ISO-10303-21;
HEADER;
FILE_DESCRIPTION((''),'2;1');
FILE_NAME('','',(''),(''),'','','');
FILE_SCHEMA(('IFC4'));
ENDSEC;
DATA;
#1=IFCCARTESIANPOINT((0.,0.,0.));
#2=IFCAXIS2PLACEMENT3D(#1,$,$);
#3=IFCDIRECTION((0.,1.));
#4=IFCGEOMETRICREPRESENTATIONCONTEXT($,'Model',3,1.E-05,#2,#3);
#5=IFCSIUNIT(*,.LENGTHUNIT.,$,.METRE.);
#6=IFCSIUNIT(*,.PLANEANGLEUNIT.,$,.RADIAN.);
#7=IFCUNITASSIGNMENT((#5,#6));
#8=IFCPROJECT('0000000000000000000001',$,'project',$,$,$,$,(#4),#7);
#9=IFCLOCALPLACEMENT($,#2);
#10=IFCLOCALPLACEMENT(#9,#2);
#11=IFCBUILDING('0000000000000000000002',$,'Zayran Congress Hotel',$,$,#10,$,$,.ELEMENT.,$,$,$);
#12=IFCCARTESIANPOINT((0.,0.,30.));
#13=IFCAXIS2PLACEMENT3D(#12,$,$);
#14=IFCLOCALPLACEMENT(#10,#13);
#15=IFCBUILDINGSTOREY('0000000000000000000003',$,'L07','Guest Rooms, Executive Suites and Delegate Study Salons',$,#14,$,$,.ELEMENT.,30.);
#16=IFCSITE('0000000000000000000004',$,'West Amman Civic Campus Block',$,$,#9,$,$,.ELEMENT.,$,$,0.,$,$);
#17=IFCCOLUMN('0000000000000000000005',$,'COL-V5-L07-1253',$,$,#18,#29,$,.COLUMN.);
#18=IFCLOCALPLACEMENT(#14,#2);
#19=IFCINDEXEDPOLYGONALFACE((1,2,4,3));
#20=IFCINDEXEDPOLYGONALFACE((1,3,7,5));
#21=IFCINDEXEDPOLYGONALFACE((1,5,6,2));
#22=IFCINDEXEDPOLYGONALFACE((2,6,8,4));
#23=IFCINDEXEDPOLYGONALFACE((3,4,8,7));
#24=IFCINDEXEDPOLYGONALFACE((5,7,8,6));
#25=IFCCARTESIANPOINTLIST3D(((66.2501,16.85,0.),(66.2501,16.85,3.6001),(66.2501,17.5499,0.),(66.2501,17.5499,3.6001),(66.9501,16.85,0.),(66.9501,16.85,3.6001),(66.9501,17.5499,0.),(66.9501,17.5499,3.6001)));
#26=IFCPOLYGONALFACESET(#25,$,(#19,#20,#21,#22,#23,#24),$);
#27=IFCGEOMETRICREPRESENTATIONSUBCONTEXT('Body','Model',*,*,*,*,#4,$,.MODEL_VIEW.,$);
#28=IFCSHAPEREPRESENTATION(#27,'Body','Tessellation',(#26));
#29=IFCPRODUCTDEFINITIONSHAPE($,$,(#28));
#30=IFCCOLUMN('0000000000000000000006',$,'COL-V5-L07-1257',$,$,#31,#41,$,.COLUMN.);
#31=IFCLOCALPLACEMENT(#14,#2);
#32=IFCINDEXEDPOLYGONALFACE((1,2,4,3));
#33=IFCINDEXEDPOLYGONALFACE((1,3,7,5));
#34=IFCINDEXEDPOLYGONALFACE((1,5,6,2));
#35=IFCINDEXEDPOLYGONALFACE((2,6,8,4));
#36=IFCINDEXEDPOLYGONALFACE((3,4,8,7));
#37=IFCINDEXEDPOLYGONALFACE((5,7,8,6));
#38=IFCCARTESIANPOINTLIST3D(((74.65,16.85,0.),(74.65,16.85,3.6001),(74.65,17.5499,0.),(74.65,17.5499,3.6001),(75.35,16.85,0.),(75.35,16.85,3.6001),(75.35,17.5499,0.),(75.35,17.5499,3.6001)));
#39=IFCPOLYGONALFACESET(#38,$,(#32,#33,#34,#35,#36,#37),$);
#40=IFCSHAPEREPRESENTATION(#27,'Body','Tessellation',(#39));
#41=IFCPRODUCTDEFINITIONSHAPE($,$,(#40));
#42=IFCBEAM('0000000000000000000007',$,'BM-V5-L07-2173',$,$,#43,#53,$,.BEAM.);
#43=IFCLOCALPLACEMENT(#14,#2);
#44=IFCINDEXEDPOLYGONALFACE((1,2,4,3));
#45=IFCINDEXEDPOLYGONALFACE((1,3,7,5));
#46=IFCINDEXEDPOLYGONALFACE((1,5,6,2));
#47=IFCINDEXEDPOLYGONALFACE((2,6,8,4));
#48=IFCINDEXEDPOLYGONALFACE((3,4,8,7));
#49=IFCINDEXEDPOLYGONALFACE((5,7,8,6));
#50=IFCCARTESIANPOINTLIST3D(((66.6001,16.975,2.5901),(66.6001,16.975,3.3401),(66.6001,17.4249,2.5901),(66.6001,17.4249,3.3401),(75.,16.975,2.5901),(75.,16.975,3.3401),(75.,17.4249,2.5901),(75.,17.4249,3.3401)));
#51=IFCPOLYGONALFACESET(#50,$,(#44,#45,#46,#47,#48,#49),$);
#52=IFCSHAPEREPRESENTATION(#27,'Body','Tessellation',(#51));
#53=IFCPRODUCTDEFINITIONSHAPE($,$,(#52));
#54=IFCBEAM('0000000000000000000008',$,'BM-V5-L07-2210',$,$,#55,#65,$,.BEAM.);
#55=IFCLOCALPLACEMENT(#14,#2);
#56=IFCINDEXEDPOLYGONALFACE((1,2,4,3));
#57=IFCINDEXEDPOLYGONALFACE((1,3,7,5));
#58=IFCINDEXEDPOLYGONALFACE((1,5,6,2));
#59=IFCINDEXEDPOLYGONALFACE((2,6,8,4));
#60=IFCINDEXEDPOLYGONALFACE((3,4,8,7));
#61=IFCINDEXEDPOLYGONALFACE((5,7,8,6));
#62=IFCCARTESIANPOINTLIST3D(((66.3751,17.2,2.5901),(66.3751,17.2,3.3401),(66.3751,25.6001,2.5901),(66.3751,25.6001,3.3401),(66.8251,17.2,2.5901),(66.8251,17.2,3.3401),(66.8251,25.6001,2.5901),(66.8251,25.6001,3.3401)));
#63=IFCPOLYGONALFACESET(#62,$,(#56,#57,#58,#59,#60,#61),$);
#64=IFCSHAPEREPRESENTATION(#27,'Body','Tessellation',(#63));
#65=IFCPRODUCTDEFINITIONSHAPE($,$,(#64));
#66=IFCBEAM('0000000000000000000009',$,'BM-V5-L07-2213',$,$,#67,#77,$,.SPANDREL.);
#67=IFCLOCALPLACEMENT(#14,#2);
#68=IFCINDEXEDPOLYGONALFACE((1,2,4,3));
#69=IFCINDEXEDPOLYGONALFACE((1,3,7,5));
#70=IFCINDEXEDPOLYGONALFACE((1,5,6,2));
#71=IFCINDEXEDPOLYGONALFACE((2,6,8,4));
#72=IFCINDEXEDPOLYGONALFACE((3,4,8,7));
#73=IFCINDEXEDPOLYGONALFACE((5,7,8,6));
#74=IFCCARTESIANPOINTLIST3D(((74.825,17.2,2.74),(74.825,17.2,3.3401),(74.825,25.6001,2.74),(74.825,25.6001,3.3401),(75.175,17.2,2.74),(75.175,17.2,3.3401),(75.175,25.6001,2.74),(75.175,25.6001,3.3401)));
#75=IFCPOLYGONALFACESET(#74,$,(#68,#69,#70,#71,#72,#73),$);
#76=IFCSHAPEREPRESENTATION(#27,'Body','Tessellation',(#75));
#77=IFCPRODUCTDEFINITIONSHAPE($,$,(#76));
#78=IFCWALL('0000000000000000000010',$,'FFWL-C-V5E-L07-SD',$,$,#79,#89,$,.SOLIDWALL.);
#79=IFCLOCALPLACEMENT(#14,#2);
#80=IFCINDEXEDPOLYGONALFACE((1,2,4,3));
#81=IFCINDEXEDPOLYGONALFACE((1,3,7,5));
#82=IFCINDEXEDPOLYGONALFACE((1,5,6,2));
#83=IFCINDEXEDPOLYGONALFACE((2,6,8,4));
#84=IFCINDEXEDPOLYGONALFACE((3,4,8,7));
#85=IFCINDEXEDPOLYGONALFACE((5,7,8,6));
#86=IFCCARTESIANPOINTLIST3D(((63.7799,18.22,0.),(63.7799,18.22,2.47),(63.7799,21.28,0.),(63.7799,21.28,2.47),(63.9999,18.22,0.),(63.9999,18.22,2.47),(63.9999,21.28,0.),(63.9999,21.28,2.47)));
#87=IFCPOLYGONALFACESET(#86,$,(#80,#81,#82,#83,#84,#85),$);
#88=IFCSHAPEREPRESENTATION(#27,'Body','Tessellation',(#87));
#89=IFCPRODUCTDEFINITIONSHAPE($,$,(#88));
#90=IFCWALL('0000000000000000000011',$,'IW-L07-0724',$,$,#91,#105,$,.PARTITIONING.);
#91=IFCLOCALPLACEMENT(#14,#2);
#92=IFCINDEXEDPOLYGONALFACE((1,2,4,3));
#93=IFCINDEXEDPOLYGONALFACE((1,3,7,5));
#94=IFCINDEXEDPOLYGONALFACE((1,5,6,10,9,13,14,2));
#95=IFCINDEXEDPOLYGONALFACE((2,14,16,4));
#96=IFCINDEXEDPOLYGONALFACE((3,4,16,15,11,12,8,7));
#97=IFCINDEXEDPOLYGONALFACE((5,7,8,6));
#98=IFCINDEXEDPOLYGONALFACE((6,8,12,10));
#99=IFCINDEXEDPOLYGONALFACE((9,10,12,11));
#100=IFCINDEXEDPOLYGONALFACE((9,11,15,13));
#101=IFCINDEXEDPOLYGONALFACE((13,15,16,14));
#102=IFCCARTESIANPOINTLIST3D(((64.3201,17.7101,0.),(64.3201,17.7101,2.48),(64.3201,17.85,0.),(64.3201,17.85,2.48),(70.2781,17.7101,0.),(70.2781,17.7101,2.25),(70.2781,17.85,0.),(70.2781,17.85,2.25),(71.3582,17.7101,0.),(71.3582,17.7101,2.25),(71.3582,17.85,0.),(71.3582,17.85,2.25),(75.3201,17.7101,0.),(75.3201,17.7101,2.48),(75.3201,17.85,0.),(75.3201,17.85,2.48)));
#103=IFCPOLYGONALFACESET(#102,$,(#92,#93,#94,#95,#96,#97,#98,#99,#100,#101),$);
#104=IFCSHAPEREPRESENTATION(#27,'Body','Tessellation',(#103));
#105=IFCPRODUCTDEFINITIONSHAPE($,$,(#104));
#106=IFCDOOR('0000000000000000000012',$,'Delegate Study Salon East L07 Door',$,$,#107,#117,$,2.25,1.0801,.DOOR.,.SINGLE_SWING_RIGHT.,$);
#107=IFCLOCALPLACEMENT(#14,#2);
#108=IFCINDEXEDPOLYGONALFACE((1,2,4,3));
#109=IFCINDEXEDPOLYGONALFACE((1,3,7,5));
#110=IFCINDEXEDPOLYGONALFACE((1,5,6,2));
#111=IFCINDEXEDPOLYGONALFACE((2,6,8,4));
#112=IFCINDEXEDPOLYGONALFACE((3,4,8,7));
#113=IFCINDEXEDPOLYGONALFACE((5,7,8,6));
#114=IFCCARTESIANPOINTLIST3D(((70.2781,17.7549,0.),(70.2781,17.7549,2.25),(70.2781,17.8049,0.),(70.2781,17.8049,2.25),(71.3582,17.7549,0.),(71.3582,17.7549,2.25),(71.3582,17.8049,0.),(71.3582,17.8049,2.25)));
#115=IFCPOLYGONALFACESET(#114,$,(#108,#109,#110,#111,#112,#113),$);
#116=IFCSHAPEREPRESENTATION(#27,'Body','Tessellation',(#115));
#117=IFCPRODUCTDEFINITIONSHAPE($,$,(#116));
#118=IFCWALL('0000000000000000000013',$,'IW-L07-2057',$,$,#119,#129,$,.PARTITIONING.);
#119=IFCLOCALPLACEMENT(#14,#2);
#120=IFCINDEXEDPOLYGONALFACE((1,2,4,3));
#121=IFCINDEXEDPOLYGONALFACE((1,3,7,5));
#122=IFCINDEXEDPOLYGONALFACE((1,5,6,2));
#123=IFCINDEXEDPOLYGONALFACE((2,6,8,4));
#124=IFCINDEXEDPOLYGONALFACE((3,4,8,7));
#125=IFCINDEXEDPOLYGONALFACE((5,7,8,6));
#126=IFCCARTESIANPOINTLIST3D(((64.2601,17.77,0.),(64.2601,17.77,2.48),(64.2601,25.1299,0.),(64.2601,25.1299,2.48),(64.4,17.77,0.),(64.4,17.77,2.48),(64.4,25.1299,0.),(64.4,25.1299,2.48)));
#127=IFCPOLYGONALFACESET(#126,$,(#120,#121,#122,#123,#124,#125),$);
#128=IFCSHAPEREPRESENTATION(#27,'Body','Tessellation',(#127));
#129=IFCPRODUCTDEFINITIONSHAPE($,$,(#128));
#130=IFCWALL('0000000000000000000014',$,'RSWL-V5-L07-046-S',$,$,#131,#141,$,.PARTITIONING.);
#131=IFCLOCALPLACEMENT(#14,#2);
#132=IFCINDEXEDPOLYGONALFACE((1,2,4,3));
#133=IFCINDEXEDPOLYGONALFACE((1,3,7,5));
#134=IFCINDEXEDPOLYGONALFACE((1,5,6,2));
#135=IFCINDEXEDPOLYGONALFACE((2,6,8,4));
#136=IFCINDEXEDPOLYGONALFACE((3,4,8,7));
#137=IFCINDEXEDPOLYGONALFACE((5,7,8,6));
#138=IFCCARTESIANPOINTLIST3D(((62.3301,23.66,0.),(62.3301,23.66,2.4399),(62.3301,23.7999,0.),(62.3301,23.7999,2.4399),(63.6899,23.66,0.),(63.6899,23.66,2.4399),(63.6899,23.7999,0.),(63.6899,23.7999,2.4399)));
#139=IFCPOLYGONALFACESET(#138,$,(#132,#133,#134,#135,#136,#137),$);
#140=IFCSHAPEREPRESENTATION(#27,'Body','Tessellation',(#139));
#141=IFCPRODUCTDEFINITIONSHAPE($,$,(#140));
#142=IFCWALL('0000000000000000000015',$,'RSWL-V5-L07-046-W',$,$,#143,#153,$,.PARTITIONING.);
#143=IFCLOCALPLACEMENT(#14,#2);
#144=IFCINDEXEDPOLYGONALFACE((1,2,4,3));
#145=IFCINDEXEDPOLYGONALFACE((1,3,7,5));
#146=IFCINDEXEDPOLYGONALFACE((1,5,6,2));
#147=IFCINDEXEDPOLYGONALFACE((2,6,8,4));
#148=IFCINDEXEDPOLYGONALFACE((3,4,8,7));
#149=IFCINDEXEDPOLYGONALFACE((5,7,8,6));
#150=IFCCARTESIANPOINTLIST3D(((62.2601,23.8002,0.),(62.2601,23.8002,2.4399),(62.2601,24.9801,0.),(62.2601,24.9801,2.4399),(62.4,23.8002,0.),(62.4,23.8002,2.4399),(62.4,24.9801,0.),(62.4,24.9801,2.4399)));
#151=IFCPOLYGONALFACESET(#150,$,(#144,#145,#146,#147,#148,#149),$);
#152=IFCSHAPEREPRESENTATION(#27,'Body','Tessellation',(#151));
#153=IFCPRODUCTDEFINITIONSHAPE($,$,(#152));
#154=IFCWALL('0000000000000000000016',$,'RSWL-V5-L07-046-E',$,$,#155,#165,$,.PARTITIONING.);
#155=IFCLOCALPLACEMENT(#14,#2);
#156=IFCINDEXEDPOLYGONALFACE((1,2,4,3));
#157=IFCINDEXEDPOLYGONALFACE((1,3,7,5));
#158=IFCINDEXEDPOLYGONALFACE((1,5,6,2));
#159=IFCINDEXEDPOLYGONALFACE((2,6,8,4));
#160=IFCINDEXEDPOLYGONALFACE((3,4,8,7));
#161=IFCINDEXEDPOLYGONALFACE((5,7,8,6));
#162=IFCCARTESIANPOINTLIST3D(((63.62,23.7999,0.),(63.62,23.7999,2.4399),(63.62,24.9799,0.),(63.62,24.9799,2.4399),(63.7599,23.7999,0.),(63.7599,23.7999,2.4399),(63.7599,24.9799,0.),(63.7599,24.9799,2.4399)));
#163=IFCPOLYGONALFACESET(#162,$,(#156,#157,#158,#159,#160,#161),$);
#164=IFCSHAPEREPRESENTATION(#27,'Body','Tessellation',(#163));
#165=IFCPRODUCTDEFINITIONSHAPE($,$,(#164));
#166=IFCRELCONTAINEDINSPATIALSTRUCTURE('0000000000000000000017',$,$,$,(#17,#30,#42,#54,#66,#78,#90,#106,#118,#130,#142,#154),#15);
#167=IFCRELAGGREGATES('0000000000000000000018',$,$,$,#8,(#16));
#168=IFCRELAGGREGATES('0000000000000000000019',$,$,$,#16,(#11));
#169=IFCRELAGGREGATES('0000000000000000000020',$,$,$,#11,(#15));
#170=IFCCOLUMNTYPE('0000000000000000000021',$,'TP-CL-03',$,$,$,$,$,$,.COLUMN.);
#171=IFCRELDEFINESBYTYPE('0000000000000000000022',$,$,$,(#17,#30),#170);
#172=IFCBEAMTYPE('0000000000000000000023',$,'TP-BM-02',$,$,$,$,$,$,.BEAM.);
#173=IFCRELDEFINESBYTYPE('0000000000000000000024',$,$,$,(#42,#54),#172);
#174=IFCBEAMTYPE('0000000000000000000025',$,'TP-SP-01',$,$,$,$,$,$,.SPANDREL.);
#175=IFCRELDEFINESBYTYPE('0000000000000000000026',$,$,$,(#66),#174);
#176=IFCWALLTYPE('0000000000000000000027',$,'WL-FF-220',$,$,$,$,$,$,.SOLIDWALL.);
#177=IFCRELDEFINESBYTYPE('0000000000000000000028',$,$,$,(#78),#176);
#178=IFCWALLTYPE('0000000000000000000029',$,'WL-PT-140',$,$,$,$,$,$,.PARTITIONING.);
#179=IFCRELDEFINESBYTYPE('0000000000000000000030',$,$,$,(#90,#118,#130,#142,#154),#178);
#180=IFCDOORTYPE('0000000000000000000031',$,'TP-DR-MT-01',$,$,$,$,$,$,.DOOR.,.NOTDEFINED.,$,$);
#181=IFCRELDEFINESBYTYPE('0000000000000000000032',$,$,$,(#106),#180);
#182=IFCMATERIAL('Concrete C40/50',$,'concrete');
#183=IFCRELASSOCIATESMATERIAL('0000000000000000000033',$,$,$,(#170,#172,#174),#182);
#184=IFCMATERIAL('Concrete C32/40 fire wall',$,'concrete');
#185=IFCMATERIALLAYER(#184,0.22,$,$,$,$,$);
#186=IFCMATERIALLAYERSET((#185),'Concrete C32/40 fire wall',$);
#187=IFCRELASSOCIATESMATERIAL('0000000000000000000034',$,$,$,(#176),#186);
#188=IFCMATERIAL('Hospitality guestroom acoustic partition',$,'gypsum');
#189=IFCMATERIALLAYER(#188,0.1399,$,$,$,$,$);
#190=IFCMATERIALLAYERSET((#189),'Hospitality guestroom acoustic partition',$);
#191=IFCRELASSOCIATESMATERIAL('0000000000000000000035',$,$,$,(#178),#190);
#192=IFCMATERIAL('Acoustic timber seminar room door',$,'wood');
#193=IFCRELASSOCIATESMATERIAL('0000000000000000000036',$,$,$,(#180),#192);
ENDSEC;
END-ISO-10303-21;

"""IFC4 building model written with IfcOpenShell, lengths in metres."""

from ifc_helpers import new_model, si_unit, direction, frame, frame_2d, origin, origin_2d, place, context, subcontext, project, spatial, rectangle, extrude, material, layer, layer_set, material_profile, profile_set, type_object, element, fill, save


model = new_model("IFC4")

# Units and contexts
model_context = context("Model", 3, precision=1e-05, world=origin(), true_north=direction((0.0, 1.0)))
body_context = subcontext(model_context, "Body", "Model", "MODEL_VIEW")
ifc_project = project(units=[si_unit("LENGTHUNIT", "METRE"), si_unit("PLANEANGLEUNIT", "RADIAN")], contexts=[model_context])

# Site, building, storey
site_placement = place(None, origin())
site = spatial("IfcSite", under=ifc_project, at=site_placement, Name="West Amman Civic Campus Block", CompositionType="ELEMENT", RefElevation=0.0)
building_placement = place(site_placement, origin())
building = spatial("IfcBuilding", under=site, at=building_placement, Name="Zayran Congress Hotel", CompositionType="ELEMENT")
storey_placement = place(building_placement, frame((0.0, 0.0, 30.0)))
storey = spatial("IfcBuildingStorey", under=building, at=storey_placement, Name="L07", Description="Guest Rooms, Executive Suites and Delegate Study Salons", CompositionType="ELEMENT", Elevation=30.0)

# Columns
ifc_material_1 = material(Name="Concrete C40/50", Category="concrete")
ifc_material_profile_1 = material_profile(ifc_material_1, rectangle(XDim=0.7, YDim=0.7, at=origin_2d()), Name="RC 700x700")
ifc_profile_set_1 = profile_set([ifc_material_profile_1], Name="Concrete C40/50")
column_type = type_object("IfcColumnType", Name="TP-CL-03", PredefinedType="COLUMN", material=ifc_profile_set_1)
for number, where, z_axis, x_axis, name in (
    (1, (66.6001, 17.2, 0.0), (0.0, 0.0, 1.0), (1.0, 0.0, 0.0), "COL-V5-L07-1253"),
    (2, (75.0, 17.2, 0.0), (0.0, 0.0, 1.0), (1.0, 0.0, 0.0), "COL-V5-L07-1257"),
):
    element("IfcColumn", number, at=place(storey_placement, frame(where, z_axis=z_axis, x_axis=x_axis)), inside=storey, type_object=column_type, Name=name, PredefinedType="COLUMN", context=body_context, shape_type="SweptSolid", body=[
        extrude(rectangle(XDim=0.7, YDim=0.7, at=origin_2d()), origin(), (0.0, 0.0, 1.0), 3.6001),
    ])

# Beams
ifc_material_profile_2 = material_profile(ifc_material_1, rectangle(XDim=0.45, YDim=0.75, at=origin_2d()), Name="RC 450x750")
ifc_profile_set_2 = profile_set([ifc_material_profile_2], Name="Concrete C40/50")
beam_type_1 = type_object("IfcBeamType", Name="TP-BM-02", PredefinedType="BEAM", material=ifc_profile_set_2)
beam_1_placement = place(storey_placement, frame((66.6001, 17.2, 2.9651), z_axis=(1.0, 0.0, 0.0), x_axis=(0.0, 1.0, 0.0)))
element("IfcBeam", 3, at=beam_1_placement, inside=storey, type_object=beam_type_1, Name="BM-V5-L07-2173", PredefinedType="BEAM", context=body_context, shape_type="SweptSolid", body=[
    extrude(rectangle(XDim=0.45, YDim=0.75, at=origin_2d()), origin(), (0.0, 0.0, 1.0), 8.3999),
])
beam_2_placement = place(storey_placement, frame((66.6001, 17.2, 2.9651), z_axis=(0.0, 1.0, 0.0), x_axis=(-1.0, 0.0, 0.0)))
element("IfcBeam", 4, at=beam_2_placement, inside=storey, type_object=beam_type_1, Name="BM-V5-L07-2210", PredefinedType="BEAM", context=body_context, shape_type="SweptSolid", body=[
    extrude(rectangle(XDim=0.45, YDim=0.75, at=origin_2d()), origin(), (0.0, 0.0, 1.0), 8.4001),
])
ifc_material_profile_3 = material_profile(ifc_material_1, rectangle(XDim=0.3501, YDim=0.6001, at=origin_2d()), Name="RC 350x600")
ifc_profile_set_3 = profile_set([ifc_material_profile_3], Name="Concrete C40/50")
beam_type_2 = type_object("IfcBeamType", Name="TP-SP-01", PredefinedType="SPANDREL", material=ifc_profile_set_3)
beam_3_placement = place(storey_placement, frame((75.0, 17.2, 3.04), z_axis=(0.0, 1.0, 0.0), x_axis=(-1.0, 0.0, 0.0)))
element("IfcBeam", 5, at=beam_3_placement, inside=storey, type_object=beam_type_2, Name="BM-V5-L07-2213", PredefinedType="SPANDREL", context=body_context, shape_type="SweptSolid", body=[
    extrude(rectangle(XDim=0.3501, YDim=0.6001, at=origin_2d()), origin(), (0.0, 0.0, 1.0), 8.4001),
])

# Wall
ifc_material_2 = material(Name="Concrete C32/40 fire wall", Category="concrete")
ifc_layer_1 = layer(ifc_material_2, 0.22)
ifc_layer_set_1 = layer_set([ifc_layer_1], Name="Concrete C32/40 fire wall")
wall_type_1 = type_object("IfcWallType", Name="WL-FF-220", PredefinedType="SOLIDWALL", material=ifc_layer_set_1)
wall_1_placement = place(storey_placement, frame((63.8899, 18.22, 0.0), z_axis=(0.0, 0.0, 1.0), x_axis=(0.0, 1.0, 0.0)))
element("IfcWall", 6, at=wall_1_placement, inside=storey, type_object=wall_type_1, Name="FFWL-C-V5E-L07-SD", PredefinedType="SOLIDWALL", context=body_context, shape_type="SweptSolid", body=[
    extrude(rectangle(XDim=3.0601, YDim=0.22, at=frame_2d((1.53, 0.0))), origin(), (0.0, 0.0, 1.0), 2.47),
])

# Wall, opening, door
ifc_material_3 = material(Name="Hospitality guestroom acoustic partition", Category="gypsum")
ifc_layer_2 = layer(ifc_material_3, 0.1399)
ifc_layer_set_2 = layer_set([ifc_layer_2], Name="Hospitality guestroom acoustic partition")
wall_type_2 = type_object("IfcWallType", Name="WL-PT-140", PredefinedType="PARTITIONING", material=ifc_layer_set_2)
wall_2_placement = place(storey_placement, frame((64.3201, 17.78, 0.0), z_axis=(0.0, 0.0, 1.0), x_axis=(1.0, 0.0, 0.0)))
wall_2 = element("IfcWall", 7, at=wall_2_placement, inside=storey, type_object=wall_type_2, Name="IW-L07-0724", PredefinedType="PARTITIONING", context=body_context, shape_type="SweptSolid", body=[
    extrude(rectangle(XDim=11.0, YDim=0.1399, at=frame_2d((5.5, 0.0))), origin(), (0.0, 0.0, 1.0), 2.48),
])
opening_placement = place(wall_2_placement, frame((5.958, 0.0, 0.0)))
opening = element("IfcOpeningElement", 8, at=opening_placement, cuts=wall_2, PredefinedType="OPENING", context=body_context, shape_type="SweptSolid", body=[
    extrude(rectangle(XDim=1.0801, YDim=2.25, at=frame_2d((0.54, 1.125))), frame((0.0, 0.0798, 0.0), z_axis=(0.0, -1.0, 0.0), x_axis=(1.0, 0.0, 0.0)), (0.0, 0.0, 1.0), 0.1599),
])
ifc_material_4 = material(Name="Acoustic timber seminar room door", Category="wood")
door_type = type_object("IfcDoorType", Name="TP-DR-MT-01", OperationType="NOTDEFINED", PredefinedType="DOOR", material=ifc_material_4)
door_placement = place(opening_placement, origin())
door = element("IfcDoor", 9, at=door_placement, inside=storey, type_object=door_type, Name="Delegate Study Salon East L07 Door", OperationType="SINGLE_SWING_RIGHT", OverallHeight=2.25, OverallWidth=1.0801, PredefinedType="DOOR", context=body_context, shape_type="SweptSolid", body=[
    extrude(rectangle(XDim=1.0801, YDim=2.25, at=frame_2d((0.54, 1.125))), frame((0.0, 0.0249, 0.0), z_axis=(0.0, -1.0, 0.0), x_axis=(1.0, 0.0, 0.0)), (0.0, 0.0, 1.0), 0.05),
])
fill(opening, door)

# Walls
wall_3_placement = place(storey_placement, frame((64.3301, 17.77, 0.0), z_axis=(0.0, 0.0, 1.0), x_axis=(0.0, 1.0, 0.0)))
element("IfcWall", 10, at=wall_3_placement, inside=storey, type_object=wall_type_2, Name="IW-L07-2057", PredefinedType="PARTITIONING", context=body_context, shape_type="SweptSolid", body=[
    extrude(rectangle(XDim=7.3599, YDim=0.1399, at=frame_2d((3.6799, 0.0))), origin(), (0.0, 0.0, 1.0), 2.48),
])
wall_4_placement = place(storey_placement, frame((62.3301, 23.73, 0.0), z_axis=(0.0, 0.0, 1.0), x_axis=(1.0, 0.0, 0.0)))
element("IfcWall", 11, at=wall_4_placement, inside=storey, type_object=wall_type_2, Name="RSWL-V5-L07-046-S", PredefinedType="PARTITIONING", context=body_context, shape_type="SweptSolid", body=[
    extrude(rectangle(XDim=1.3599, YDim=0.1399, at=frame_2d((0.6799, 0.0))), origin(), (0.0, 0.0, 1.0), 2.4399),
])
for number, where, z_axis, x_axis, name in (
    (12, (62.3301, 24.98, 0.0), (0.0, 0.0, 1.0), (0.0, -1.0, 0.0), "RSWL-V5-L07-046-W"),
    (13, (63.6899, 23.8, 0.0), (0.0, 0.0, 1.0), (0.0, 1.0, 0.0), "RSWL-V5-L07-046-E"),
):
    element("IfcWall", number, at=place(storey_placement, frame(where, z_axis=z_axis, x_axis=x_axis)), inside=storey, type_object=wall_type_2, Name=name, PredefinedType="PARTITIONING", context=body_context, shape_type="SweptSolid", body=[
        extrude(rectangle(XDim=1.1799, YDim=0.1399, at=frame_2d((0.5898, 0.0))), origin(), (0.0, 0.0, 1.0), 2.4399),
    ])

save(model, "model.ifc")
